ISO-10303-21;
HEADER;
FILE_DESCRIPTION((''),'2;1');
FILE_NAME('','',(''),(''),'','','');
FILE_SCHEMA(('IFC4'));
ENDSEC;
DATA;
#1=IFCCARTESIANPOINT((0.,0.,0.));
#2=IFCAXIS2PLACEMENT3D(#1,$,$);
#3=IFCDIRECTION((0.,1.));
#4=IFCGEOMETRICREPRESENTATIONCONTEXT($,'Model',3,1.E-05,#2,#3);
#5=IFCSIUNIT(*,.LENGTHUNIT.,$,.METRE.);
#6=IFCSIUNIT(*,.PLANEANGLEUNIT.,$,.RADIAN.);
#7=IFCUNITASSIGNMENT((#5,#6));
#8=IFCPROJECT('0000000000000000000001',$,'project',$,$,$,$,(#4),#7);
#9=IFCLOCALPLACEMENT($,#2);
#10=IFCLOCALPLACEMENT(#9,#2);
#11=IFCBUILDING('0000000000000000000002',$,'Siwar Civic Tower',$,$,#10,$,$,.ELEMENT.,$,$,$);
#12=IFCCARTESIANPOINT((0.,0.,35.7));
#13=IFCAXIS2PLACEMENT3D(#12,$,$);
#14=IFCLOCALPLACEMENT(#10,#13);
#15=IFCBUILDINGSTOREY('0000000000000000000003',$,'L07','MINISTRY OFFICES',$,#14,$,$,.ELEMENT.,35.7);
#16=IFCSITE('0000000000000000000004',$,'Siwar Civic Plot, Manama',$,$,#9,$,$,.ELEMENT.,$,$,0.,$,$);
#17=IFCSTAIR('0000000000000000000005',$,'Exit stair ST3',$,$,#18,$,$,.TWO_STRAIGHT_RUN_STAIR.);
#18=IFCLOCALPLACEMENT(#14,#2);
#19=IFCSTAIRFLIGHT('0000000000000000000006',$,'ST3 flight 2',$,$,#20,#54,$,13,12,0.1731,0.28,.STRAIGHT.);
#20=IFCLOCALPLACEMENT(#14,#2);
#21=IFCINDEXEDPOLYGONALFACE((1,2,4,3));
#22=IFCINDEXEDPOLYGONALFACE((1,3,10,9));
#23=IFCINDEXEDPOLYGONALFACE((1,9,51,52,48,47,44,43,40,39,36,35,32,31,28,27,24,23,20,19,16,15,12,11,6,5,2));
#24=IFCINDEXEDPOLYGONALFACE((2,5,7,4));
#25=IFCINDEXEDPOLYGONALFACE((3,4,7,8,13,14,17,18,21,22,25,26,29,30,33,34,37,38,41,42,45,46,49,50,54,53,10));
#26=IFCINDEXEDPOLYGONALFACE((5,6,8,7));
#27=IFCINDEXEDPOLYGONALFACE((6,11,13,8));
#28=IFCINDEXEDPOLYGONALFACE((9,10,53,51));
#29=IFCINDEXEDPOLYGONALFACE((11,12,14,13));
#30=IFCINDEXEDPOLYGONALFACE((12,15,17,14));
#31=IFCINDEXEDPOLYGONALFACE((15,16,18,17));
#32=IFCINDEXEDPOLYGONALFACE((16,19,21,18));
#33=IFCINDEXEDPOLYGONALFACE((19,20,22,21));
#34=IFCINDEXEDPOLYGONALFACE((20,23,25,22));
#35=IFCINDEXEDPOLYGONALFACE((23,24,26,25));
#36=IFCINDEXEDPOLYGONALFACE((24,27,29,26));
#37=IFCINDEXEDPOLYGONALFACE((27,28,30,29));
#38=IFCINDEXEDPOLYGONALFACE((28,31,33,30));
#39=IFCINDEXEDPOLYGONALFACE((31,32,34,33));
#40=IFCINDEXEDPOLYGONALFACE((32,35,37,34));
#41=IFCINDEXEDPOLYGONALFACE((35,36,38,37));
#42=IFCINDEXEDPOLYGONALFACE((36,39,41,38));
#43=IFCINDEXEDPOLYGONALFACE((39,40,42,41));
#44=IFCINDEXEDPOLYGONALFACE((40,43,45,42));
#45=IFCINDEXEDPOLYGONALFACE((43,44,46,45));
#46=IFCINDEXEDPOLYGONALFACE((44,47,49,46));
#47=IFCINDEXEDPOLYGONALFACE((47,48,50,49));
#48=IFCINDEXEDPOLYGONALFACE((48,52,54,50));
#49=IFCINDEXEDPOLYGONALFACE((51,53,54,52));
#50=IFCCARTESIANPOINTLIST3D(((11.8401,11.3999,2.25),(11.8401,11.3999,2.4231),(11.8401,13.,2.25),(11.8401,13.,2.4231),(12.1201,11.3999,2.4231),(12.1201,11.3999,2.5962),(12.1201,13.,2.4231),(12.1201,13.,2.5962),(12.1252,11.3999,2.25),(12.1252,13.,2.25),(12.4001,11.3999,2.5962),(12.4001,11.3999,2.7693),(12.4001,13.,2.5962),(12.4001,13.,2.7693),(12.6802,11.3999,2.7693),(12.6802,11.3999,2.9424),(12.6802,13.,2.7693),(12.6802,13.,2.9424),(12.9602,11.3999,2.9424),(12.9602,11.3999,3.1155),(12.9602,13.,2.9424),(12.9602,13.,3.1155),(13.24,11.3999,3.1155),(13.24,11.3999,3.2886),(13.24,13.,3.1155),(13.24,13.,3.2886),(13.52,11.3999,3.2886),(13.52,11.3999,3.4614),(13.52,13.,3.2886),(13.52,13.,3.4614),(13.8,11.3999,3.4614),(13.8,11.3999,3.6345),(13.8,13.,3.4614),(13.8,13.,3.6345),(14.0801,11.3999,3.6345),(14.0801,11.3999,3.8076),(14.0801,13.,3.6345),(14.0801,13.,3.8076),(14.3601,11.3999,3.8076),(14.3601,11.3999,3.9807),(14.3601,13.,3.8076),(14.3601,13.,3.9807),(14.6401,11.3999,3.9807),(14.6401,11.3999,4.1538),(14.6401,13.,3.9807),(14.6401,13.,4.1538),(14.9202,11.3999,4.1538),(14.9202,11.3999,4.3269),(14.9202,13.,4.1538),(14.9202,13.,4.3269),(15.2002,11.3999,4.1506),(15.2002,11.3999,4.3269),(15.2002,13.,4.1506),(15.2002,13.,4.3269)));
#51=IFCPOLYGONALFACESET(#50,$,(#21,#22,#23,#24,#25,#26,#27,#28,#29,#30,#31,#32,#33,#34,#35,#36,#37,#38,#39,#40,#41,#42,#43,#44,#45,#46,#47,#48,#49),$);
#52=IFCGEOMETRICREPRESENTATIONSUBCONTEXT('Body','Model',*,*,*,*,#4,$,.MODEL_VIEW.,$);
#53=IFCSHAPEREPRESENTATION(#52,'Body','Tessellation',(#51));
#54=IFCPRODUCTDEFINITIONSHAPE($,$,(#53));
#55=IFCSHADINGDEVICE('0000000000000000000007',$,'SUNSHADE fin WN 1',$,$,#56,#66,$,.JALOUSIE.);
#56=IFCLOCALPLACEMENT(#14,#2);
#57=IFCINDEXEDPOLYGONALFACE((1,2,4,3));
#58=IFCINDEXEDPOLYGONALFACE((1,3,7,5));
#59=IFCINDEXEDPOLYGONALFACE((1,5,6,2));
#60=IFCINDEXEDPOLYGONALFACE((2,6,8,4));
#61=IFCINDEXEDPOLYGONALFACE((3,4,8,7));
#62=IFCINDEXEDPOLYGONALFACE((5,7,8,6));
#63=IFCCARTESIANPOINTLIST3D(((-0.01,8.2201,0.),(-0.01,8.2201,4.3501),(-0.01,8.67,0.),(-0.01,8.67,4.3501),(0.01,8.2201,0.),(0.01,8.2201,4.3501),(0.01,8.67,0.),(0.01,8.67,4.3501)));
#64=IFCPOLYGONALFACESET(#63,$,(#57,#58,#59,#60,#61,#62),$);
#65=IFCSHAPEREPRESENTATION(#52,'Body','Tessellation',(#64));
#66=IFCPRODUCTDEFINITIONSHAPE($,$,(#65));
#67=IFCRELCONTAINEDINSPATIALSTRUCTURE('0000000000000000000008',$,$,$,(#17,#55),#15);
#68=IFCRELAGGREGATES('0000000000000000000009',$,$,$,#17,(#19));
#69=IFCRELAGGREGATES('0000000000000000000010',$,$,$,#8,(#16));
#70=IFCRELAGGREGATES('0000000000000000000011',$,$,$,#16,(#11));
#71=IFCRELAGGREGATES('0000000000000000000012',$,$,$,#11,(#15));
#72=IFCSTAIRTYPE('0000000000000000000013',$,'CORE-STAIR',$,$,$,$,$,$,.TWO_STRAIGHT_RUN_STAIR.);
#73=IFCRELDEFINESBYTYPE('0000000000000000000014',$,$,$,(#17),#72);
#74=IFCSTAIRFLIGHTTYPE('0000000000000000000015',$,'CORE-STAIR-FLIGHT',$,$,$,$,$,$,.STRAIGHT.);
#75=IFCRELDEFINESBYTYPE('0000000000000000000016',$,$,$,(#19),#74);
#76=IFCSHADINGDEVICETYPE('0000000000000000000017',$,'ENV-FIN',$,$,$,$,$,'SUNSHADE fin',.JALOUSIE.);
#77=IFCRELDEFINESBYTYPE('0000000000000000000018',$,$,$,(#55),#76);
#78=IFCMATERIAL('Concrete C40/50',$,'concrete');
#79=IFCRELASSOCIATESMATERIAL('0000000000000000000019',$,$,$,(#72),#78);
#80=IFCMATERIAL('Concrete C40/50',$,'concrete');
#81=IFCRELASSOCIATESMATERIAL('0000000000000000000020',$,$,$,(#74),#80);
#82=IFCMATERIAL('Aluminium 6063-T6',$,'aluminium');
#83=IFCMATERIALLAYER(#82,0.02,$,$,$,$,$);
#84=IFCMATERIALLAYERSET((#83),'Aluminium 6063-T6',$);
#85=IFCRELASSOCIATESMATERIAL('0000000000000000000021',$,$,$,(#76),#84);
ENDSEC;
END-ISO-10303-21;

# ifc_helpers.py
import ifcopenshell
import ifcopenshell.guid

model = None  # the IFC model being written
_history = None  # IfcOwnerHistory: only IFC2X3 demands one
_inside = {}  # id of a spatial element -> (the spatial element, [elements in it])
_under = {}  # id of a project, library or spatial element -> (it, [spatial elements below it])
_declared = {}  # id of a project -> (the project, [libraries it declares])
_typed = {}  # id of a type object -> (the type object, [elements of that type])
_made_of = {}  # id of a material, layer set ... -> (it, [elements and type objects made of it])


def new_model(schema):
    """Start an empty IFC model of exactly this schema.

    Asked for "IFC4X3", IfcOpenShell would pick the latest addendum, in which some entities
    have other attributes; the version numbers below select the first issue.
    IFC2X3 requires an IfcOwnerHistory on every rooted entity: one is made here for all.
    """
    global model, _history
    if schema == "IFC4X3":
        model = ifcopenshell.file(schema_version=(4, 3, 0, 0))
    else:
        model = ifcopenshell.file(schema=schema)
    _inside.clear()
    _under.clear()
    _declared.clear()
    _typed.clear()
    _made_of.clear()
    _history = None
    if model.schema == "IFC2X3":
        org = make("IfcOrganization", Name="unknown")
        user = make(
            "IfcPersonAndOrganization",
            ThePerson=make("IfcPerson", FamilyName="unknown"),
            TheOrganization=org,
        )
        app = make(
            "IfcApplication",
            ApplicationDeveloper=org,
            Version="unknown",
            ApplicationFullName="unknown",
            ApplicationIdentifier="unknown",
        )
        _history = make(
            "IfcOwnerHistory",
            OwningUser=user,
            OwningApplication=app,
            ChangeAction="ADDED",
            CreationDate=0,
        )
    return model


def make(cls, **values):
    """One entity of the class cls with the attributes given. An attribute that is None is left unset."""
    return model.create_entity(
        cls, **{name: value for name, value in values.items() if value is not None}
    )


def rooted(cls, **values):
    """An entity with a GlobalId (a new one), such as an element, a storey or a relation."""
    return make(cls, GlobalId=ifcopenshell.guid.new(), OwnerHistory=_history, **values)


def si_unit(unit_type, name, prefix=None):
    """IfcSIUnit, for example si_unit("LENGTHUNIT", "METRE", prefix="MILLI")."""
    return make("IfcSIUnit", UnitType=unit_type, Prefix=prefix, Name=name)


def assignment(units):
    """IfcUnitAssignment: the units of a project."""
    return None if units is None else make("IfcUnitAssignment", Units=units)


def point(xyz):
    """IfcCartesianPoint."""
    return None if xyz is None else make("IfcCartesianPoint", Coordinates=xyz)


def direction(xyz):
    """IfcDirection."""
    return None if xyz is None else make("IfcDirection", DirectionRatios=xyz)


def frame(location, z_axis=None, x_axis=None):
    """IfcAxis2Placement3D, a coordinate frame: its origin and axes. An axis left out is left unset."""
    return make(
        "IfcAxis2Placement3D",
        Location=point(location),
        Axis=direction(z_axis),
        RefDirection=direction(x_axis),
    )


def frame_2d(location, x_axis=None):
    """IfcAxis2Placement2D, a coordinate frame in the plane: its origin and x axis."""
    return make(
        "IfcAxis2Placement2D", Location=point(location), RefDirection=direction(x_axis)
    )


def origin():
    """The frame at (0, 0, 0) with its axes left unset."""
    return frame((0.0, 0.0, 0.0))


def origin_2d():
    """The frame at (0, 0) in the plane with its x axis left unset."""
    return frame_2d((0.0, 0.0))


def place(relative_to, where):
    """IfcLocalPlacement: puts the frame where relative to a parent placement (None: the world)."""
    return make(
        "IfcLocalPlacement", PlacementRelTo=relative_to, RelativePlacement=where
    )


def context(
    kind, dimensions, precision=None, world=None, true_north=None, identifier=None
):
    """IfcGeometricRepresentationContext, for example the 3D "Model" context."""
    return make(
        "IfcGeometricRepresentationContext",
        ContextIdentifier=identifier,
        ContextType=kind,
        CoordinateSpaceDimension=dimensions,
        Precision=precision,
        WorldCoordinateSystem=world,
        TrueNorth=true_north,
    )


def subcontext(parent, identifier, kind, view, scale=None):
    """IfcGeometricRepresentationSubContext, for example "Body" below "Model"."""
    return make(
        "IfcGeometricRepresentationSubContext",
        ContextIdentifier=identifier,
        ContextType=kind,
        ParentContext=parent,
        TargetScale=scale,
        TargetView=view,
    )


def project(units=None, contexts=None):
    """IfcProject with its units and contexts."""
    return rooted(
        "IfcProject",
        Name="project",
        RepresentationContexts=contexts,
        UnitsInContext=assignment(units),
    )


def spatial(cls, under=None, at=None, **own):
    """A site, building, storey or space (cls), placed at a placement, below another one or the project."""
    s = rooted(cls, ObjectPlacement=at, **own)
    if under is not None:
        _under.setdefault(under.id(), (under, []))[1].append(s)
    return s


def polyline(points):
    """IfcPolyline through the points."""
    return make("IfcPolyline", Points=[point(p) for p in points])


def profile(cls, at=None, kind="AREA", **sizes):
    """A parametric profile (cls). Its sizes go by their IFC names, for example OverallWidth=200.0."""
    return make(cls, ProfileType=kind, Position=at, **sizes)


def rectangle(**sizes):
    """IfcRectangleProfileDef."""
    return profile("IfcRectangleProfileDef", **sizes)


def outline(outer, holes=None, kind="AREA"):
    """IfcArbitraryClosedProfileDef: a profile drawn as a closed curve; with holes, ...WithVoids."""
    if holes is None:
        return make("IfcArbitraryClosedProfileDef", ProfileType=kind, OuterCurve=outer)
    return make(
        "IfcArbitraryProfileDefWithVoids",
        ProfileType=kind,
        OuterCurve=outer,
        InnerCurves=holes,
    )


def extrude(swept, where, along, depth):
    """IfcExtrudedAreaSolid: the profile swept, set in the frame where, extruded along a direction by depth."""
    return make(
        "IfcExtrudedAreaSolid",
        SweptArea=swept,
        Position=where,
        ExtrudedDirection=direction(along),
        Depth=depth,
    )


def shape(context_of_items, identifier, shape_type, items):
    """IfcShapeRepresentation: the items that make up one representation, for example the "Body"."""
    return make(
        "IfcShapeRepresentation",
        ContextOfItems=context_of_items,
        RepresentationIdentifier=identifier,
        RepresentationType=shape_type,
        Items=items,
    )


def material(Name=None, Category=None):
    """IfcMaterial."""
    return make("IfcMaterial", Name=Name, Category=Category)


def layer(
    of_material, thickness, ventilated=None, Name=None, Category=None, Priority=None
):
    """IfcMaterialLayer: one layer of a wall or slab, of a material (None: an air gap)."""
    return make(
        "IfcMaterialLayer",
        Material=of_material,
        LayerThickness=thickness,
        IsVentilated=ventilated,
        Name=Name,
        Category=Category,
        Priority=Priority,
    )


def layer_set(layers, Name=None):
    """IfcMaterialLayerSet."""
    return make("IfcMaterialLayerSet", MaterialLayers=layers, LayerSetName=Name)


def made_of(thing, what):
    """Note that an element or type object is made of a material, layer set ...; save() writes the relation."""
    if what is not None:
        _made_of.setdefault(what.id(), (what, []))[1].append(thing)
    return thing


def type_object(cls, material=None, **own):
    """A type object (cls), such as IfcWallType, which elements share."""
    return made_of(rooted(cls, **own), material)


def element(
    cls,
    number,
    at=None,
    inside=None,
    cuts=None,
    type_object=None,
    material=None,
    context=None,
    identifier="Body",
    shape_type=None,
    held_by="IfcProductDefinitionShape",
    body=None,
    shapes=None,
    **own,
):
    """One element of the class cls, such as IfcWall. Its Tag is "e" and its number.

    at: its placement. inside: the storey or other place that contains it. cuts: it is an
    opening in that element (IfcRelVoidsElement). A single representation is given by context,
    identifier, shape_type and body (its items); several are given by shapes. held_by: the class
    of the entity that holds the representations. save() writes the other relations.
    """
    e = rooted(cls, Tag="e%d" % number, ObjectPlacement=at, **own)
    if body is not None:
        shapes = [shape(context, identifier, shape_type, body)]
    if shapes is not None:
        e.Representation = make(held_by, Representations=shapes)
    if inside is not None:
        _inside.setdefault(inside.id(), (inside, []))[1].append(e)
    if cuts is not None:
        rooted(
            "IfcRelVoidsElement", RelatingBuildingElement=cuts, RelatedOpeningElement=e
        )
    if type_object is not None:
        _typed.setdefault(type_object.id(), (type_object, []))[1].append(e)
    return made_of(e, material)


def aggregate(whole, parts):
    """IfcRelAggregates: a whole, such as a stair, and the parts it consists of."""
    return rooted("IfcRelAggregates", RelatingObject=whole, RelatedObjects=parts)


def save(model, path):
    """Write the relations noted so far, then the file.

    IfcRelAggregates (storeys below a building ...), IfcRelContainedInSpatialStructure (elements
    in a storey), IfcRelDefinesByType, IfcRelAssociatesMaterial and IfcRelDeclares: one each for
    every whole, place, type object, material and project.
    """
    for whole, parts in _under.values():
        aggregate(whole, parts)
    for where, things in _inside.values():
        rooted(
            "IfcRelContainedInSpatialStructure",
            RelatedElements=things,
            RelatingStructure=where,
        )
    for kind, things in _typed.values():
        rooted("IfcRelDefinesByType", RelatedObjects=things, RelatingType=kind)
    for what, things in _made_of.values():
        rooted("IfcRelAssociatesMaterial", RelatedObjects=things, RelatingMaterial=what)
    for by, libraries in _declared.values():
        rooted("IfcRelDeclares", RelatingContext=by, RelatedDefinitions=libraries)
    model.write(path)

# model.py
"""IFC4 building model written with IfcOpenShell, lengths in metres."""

from ifc_helpers import new_model, si_unit, direction, frame, origin, origin_2d, place, context, subcontext, project, spatial, polyline, rectangle, outline, extrude, material, layer, layer_set, type_object, element, aggregate, save


model = new_model("IFC4")

# Units and contexts
model_context = context("Model", 3, precision=1e-05, world=origin(), true_north=direction((0.0, 1.0)))
body_context = subcontext(model_context, "Body", "Model", "MODEL_VIEW")
ifc_project = project(units=[si_unit("LENGTHUNIT", "METRE"), si_unit("PLANEANGLEUNIT", "RADIAN")], contexts=[model_context])

# Site, building, storey
site_placement = place(None, origin())
site = spatial("IfcSite", under=ifc_project, at=site_placement, Name="Siwar Civic Plot, Manama", CompositionType="ELEMENT", RefElevation=0.0)
building_placement = place(site_placement, origin())
building = spatial("IfcBuilding", under=site, at=building_placement, Name="Siwar Civic Tower", CompositionType="ELEMENT")
storey_placement = place(building_placement, frame((0.0, 0.0, 35.7)))
storey = spatial("IfcBuildingStorey", under=building, at=storey_placement, Name="L07", Description="MINISTRY OFFICES", CompositionType="ELEMENT", Elevation=35.7)

# Stair
ifc_material_1 = material(Name="Concrete C40/50", Category="concrete")
stair_type = type_object("IfcStairType", Name="CORE-STAIR", PredefinedType="TWO_STRAIGHT_RUN_STAIR", material=ifc_material_1)
stair_1_placement = place(storey_placement, origin())
stair_1 = element("IfcStair", 1, at=stair_1_placement, inside=storey, type_object=stair_type, Name="Exit stair ST3", PredefinedType="TWO_STRAIGHT_RUN_STAIR")

# Stair flight
ifc_material_2 = material(Name="Concrete C40/50", Category="concrete")
stair_flight_type = type_object("IfcStairFlightType", Name="CORE-STAIR-FLIGHT", PredefinedType="STRAIGHT", material=ifc_material_2)
stair_flight_1_placement = place(storey_placement, frame((11.8401, 12.2, 2.25), z_axis=(0.0, 0.0, 1.0), x_axis=(1.0, 0.0, 0.0)))
stair_flight_1 = element("IfcStairFlight", 2, at=stair_flight_1_placement, type_object=stair_flight_type, Name="ST3 flight 2", NumberOfRisers=13, NumberOfTreads=12, PredefinedType="STRAIGHT", RiserHeight=0.1731, TreadLength=0.28, context=body_context, shape_type="SweptSolid", body=[
    extrude(outline(polyline([(0.0, 0.0), (0.0, 0.1731), (0.28, 0.1731), (0.28, 0.3462), (0.5601, 0.3462), (0.5601, 0.5193), (0.8401, 0.5193), (0.8401, 0.6924), (1.1201, 0.6924), (1.1201, 0.8655), (1.3999, 0.8655), (1.3999, 1.0386), (1.6799, 1.0386), (1.6799, 1.2114), (1.96, 1.2114), (1.96, 1.3845), (2.24, 1.3845), (2.24, 1.5576), (2.52, 1.5576), (2.52, 1.7307), (2.8, 1.7307), (2.8, 1.9038), (3.0801, 1.9038), (3.0801, 2.0769), (3.3601, 2.0769), (3.3601, 2.25), (3.3601, 1.9006), (0.2852, 0.0), (0.0, 0.0)])), frame((0.0, 0.8, 0.0), z_axis=(0.0, -1.0, 0.0), x_axis=(1.0, 0.0, 0.0)), (0.0, 0.0, 1.0), 1.6001),
])
aggregate(stair_1, [stair_flight_1])

# Shading device
ifc_material_3 = material(Name="Aluminium 6063-T6", Category="aluminium")
ifc_layer_1 = layer(ifc_material_3, 0.02)
ifc_layer_set_1 = layer_set([ifc_layer_1], Name="Aluminium 6063-T6")
shading_device_type = type_object("IfcShadingDeviceType", Name="ENV-FIN", ElementType="SUNSHADE fin", PredefinedType="JALOUSIE", material=ifc_layer_set_1)
shading_device_placement = place(storey_placement, frame((0.0, 8.4451, 0.0), z_axis=(0.0, 0.0, 1.0), x_axis=(-1.0, 0.0, 0.0)))
element("IfcShadingDevice", 3, at=shading_device_placement, inside=storey, type_object=shading_device_type, Name="SUNSHADE fin WN 1", PredefinedType="JALOUSIE", context=body_context, shape_type="SweptSolid", body=[
    extrude(rectangle(XDim=0.02, YDim=0.45, at=origin_2d()), origin(), (0.0, 0.0, 1.0), 4.3501),
])

save(model, "model.ifc")
